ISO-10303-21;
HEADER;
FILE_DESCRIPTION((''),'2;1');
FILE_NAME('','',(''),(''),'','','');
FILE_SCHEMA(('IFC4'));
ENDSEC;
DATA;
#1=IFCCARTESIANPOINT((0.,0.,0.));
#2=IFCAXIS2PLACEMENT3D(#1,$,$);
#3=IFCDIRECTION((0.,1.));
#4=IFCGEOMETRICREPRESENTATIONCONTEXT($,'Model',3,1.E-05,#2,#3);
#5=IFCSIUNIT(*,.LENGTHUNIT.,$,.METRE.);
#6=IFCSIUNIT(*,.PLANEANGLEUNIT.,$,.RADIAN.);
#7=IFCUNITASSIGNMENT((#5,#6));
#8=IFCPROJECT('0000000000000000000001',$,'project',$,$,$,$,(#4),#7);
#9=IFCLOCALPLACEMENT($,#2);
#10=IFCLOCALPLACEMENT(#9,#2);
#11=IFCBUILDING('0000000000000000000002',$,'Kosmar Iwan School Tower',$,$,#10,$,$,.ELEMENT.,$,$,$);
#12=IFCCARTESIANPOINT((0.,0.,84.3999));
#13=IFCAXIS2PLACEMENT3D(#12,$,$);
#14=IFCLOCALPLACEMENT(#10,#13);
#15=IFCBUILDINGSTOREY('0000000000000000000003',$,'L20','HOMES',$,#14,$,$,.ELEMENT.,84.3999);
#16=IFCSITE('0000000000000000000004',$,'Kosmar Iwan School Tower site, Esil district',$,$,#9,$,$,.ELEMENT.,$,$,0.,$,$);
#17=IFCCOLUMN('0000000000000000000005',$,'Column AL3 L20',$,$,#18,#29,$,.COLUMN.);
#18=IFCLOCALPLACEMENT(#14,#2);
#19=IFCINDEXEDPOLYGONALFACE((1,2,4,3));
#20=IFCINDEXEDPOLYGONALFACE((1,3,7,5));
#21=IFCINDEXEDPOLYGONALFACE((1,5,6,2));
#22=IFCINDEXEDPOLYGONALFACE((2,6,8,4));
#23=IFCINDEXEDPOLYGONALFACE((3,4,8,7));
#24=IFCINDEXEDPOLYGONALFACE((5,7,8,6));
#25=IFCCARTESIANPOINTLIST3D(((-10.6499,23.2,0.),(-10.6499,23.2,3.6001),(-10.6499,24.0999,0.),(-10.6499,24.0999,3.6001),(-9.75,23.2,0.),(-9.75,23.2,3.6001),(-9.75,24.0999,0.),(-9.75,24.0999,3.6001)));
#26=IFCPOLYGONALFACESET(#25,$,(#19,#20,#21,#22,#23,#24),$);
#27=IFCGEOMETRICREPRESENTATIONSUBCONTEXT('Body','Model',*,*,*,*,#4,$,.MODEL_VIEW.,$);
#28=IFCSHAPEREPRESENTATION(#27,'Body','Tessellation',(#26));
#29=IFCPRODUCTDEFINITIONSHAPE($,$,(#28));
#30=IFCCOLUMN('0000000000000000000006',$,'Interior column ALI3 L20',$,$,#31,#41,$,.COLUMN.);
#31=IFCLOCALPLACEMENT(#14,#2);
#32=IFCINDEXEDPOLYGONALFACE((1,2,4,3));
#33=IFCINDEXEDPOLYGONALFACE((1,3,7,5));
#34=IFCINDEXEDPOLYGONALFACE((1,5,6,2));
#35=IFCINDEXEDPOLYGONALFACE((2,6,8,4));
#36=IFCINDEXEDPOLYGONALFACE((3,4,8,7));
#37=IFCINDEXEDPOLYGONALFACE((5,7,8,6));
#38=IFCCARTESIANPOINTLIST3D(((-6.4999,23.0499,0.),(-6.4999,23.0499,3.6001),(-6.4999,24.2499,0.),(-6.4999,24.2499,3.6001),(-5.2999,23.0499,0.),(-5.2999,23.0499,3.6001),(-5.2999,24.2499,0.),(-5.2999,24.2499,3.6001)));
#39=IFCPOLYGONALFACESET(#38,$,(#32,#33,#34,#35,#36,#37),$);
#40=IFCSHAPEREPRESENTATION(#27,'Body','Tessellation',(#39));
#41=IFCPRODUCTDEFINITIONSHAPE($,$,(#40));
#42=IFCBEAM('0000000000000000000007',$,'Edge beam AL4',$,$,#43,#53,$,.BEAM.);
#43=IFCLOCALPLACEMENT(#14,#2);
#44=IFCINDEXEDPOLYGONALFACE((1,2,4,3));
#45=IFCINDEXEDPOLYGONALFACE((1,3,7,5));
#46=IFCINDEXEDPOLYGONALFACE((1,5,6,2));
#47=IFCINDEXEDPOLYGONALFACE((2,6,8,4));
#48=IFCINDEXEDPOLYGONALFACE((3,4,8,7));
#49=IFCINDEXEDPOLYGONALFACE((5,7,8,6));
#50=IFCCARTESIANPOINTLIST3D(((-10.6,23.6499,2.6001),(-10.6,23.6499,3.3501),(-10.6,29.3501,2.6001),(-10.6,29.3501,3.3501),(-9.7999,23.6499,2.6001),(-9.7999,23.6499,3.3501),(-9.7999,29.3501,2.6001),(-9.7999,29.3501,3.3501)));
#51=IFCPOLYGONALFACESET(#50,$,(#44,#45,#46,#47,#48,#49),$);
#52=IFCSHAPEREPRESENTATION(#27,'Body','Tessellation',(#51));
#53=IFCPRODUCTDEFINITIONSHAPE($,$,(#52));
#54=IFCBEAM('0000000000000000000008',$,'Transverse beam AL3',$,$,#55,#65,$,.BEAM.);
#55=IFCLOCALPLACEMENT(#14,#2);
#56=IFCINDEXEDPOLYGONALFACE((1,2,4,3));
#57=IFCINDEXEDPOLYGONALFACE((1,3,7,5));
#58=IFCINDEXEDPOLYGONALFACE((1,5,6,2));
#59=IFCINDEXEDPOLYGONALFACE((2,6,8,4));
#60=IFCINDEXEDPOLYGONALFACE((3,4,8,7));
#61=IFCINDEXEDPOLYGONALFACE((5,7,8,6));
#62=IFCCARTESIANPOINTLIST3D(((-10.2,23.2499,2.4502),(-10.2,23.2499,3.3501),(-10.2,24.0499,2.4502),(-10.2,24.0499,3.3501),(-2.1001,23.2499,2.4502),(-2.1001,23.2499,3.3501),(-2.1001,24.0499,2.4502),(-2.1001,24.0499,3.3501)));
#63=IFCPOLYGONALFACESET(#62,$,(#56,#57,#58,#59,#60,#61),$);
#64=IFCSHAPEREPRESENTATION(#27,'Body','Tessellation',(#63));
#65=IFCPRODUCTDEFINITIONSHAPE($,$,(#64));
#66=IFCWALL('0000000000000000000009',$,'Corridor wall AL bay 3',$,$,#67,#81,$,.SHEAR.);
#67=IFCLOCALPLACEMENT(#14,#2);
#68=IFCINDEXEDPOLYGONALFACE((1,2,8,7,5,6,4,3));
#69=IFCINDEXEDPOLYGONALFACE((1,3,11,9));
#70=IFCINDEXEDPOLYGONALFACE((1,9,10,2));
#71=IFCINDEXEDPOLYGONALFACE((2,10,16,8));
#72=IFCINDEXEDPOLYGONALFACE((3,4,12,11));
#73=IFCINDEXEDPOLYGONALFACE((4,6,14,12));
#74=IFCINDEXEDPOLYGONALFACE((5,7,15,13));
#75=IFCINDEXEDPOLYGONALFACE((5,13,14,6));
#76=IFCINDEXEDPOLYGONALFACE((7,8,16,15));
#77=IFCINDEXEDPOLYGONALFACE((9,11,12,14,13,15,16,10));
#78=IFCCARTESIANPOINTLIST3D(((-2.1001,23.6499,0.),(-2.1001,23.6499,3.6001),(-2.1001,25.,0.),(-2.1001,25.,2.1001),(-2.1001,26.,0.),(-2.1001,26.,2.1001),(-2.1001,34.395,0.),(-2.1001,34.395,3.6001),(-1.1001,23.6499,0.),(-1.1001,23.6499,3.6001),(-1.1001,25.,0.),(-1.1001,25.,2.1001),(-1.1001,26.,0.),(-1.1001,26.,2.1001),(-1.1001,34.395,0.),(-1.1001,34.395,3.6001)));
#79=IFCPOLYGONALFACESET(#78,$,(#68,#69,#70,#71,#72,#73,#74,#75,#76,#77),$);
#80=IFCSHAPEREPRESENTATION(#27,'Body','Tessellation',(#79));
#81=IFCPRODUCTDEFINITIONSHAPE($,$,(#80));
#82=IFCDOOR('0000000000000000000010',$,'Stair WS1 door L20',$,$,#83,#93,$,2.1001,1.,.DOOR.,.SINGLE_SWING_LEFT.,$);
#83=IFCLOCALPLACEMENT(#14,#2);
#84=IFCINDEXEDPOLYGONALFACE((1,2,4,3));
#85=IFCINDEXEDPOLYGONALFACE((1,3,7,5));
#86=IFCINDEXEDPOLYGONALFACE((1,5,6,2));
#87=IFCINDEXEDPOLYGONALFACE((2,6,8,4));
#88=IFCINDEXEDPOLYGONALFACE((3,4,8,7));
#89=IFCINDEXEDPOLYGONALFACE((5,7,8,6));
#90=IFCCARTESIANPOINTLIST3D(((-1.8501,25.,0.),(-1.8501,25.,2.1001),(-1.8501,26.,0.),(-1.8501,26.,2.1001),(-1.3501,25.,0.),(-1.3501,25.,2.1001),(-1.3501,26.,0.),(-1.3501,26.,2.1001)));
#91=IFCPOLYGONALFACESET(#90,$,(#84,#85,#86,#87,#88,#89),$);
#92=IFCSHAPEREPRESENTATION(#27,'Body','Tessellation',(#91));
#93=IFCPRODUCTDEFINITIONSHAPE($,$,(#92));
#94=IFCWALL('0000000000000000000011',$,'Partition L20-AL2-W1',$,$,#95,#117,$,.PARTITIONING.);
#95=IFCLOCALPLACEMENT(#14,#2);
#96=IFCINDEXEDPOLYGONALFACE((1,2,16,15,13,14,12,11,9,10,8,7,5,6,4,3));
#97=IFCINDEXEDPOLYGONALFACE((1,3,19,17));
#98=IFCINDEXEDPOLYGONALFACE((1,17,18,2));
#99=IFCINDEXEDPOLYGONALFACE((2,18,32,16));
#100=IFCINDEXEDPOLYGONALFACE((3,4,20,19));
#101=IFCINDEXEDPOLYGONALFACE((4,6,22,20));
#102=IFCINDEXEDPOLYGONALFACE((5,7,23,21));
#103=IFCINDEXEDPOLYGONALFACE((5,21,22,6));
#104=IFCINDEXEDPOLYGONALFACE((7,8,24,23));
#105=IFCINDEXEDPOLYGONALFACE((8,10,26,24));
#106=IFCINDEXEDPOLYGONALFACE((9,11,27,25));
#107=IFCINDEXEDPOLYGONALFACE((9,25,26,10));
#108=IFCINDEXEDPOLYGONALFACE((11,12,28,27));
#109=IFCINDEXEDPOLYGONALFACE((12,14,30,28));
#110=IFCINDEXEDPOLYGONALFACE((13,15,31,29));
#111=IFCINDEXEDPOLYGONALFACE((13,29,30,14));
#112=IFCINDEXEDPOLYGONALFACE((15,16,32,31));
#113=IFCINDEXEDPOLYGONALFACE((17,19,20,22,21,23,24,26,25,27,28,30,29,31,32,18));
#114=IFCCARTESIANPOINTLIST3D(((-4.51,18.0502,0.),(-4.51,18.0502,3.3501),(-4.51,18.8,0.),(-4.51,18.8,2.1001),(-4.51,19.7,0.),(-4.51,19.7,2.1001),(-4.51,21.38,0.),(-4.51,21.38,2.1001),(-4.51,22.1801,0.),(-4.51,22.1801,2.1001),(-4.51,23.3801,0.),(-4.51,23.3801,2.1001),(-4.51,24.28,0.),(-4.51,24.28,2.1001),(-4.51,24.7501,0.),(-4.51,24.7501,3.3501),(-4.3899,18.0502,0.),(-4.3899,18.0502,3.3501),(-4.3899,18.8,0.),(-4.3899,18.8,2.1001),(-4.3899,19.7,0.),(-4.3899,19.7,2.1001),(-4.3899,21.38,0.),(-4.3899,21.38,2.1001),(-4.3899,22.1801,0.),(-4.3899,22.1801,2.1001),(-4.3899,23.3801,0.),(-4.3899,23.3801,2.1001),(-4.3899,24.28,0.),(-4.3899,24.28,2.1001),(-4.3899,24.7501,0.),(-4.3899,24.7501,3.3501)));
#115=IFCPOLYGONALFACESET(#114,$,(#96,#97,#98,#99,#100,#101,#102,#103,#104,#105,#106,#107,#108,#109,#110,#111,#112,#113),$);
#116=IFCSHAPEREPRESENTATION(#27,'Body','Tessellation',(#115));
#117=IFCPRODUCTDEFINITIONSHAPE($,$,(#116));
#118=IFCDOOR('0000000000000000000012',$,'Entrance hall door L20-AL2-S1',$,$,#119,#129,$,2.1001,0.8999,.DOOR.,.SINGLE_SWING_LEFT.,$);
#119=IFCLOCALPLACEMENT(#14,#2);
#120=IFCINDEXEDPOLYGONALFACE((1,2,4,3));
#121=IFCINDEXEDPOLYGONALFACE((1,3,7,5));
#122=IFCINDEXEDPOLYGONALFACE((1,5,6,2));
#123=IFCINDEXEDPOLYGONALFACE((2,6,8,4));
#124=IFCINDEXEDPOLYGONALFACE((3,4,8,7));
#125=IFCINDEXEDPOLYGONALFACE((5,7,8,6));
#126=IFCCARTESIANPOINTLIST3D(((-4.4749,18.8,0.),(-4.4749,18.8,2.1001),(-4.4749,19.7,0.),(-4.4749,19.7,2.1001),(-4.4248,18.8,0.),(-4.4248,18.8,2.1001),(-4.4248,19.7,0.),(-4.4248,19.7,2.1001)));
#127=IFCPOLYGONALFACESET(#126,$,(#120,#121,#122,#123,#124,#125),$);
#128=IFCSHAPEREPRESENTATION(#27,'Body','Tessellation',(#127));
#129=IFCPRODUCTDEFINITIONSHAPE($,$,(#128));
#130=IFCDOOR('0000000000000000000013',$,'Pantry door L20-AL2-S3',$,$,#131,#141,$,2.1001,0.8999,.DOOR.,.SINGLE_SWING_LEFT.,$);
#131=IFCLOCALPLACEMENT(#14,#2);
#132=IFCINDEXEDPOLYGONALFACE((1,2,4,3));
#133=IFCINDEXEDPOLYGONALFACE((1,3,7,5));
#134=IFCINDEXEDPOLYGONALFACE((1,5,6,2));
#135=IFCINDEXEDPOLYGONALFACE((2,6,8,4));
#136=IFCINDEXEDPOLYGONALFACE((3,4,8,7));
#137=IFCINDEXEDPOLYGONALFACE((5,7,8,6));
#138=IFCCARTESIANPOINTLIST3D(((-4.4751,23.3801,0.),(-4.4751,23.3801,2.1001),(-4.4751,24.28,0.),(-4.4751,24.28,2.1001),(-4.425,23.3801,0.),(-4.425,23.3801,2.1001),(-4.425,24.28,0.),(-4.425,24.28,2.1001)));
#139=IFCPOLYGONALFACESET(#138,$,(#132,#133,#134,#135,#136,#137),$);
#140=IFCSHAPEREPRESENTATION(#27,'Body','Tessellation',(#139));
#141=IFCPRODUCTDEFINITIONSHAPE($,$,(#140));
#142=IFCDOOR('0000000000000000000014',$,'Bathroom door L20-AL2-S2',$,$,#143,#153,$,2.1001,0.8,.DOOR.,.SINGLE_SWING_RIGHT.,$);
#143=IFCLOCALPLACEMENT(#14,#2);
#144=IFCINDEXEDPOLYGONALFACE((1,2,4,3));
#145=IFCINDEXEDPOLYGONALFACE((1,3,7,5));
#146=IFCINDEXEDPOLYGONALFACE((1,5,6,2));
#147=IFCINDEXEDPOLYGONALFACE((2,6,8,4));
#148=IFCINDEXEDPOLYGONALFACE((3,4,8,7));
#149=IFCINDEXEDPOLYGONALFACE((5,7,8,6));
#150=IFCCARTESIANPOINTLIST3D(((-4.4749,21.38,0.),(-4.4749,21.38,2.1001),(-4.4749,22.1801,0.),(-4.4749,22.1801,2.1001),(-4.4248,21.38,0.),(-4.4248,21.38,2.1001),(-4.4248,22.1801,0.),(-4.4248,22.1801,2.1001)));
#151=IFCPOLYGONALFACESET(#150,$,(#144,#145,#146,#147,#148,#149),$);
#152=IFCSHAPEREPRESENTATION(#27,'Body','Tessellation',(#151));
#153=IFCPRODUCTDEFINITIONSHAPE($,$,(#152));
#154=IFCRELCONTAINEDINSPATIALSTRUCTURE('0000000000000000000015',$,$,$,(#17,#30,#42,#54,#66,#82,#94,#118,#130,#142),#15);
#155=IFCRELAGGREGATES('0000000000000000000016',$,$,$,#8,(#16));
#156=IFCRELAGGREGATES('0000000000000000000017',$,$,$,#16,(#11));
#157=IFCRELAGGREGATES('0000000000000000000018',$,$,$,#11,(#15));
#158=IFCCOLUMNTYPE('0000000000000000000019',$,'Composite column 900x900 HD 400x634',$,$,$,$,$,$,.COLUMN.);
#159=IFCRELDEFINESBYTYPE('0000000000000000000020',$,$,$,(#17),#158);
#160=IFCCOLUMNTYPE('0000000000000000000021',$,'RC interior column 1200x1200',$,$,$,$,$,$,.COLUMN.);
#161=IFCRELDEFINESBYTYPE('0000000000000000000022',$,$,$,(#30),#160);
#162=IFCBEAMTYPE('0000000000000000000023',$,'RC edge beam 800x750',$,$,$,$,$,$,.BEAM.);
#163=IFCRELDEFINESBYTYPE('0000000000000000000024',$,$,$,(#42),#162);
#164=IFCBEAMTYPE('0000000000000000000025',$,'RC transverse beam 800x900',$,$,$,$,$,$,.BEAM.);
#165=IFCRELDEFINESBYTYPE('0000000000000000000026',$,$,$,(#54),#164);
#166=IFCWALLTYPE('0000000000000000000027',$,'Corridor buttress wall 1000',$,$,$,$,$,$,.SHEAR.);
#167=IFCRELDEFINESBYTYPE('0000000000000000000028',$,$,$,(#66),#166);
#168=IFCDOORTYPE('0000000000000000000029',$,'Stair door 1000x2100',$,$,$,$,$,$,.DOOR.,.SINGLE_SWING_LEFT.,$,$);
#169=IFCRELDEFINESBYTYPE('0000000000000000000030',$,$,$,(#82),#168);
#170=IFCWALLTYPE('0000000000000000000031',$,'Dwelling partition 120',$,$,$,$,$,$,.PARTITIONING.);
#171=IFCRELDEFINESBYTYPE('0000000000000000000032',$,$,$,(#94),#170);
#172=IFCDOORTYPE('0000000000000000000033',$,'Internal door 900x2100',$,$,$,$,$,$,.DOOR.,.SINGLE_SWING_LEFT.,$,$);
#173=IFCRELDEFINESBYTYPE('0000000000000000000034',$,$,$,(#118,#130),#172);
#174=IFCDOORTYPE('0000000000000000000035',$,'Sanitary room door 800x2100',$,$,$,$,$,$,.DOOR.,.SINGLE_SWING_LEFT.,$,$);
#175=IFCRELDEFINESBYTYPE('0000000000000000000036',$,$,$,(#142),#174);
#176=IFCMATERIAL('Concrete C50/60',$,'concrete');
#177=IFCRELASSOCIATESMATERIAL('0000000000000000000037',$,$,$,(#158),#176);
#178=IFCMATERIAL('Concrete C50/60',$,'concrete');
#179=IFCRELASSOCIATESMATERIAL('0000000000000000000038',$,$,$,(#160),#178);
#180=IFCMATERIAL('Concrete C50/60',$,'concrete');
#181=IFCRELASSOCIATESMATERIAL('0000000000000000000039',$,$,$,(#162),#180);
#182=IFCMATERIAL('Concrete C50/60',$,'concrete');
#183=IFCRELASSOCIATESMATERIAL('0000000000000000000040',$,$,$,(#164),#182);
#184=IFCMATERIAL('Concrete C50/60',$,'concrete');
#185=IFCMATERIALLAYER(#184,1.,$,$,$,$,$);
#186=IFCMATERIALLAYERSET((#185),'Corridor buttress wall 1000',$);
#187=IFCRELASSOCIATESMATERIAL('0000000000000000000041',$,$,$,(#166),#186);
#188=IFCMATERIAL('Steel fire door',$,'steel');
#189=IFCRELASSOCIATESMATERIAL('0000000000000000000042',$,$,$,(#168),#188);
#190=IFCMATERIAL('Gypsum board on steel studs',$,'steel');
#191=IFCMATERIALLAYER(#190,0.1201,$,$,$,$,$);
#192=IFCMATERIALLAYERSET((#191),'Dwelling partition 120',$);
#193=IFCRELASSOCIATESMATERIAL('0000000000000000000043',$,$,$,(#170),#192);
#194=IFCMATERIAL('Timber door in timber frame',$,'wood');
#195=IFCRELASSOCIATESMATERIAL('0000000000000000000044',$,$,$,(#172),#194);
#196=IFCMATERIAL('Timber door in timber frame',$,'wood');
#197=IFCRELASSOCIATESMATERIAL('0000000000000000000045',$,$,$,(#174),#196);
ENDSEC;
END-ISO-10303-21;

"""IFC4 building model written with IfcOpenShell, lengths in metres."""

from ifc_helpers import new_model, si_unit, direction, frame, frame_2d, origin, origin_2d, place, context, subcontext, project, spatial, rectangle, extrude, material, layer, layer_set, material_profile, profile_set, type_object, element, fill, save


model = new_model("IFC4")

# Units and contexts
model_context = context("Model", 3, precision=1e-05, world=origin(), true_north=direction((0.0, 1.0)))
body_context = subcontext(model_context, "Body", "Model", "MODEL_VIEW")
ifc_project = project(units=[si_unit("LENGTHUNIT", "METRE"), si_unit("PLANEANGLEUNIT", "RADIAN")], contexts=[model_context])

# Site, building, storey
site_placement = place(None, origin())
site = spatial("IfcSite", under=ifc_project, at=site_placement, Name="Kosmar Iwan School Tower site, Esil district", CompositionType="ELEMENT", RefElevation=0.0)
building_placement = place(site_placement, origin())
building = spatial("IfcBuilding", under=site, at=building_placement, Name="Kosmar Iwan School Tower", CompositionType="ELEMENT")
storey_placement = place(building_placement, frame((0.0, 0.0, 84.3999)))
storey = spatial("IfcBuildingStorey", under=building, at=storey_placement, Name="L20", Description="HOMES", CompositionType="ELEMENT", Elevation=84.3999)

# Columns
ifc_material_1 = material(Name="Concrete C50/60", Category="concrete")
ifc_material_profile_1 = material_profile(ifc_material_1, rectangle(XDim=0.8999, YDim=0.8999, at=origin_2d()), Name="RC 900x900 + HD 400x634")
ifc_profile_set_1 = profile_set([ifc_material_profile_1], Name="Concrete C50/60")
column_type_1 = type_object("IfcColumnType", Name="Composite column 900x900 HD 400x634", PredefinedType="COLUMN", material=ifc_profile_set_1)
column_1_placement = place(storey_placement, frame((-10.2, 23.6499, 0.0), z_axis=(0.0, 0.0, 1.0), x_axis=(0.0, 1.0, 0.0)))
element("IfcColumn", 1, at=column_1_placement, inside=storey, type_object=column_type_1, Name="Column AL3 L20", PredefinedType="COLUMN", context=body_context, shape_type="SweptSolid", body=[
    extrude(rectangle(XDim=0.8999, YDim=0.8999, at=origin_2d()), origin(), (0.0, 0.0, 1.0), 3.6001),
])
ifc_material_2 = material(Name="Concrete C50/60", Category="concrete")
ifc_material_profile_2 = material_profile(ifc_material_2, rectangle(XDim=1.2, YDim=1.2, at=origin_2d()), Name="RC 1200x1200")
ifc_profile_set_2 = profile_set([ifc_material_profile_2], Name="Concrete C50/60")
column_type_2 = type_object("IfcColumnType", Name="RC interior column 1200x1200", PredefinedType="COLUMN", material=ifc_profile_set_2)
column_2_placement = place(storey_placement, frame((-5.8999, 23.6499, 0.0), z_axis=(0.0, 0.0, 1.0), x_axis=(0.0, 1.0, 0.0)))
element("IfcColumn", 2, at=column_2_placement, inside=storey, type_object=column_type_2, Name="Interior column ALI3 L20", PredefinedType="COLUMN", context=body_context, shape_type="SweptSolid", body=[
    extrude(rectangle(XDim=1.2, YDim=1.2, at=origin_2d()), origin(), (0.0, 0.0, 1.0), 3.6001),
])

# Beams
ifc_material_3 = material(Name="Concrete C50/60", Category="concrete")
ifc_material_profile_3 = material_profile(ifc_material_3, rectangle(XDim=0.8, YDim=0.75, at=origin_2d()), Name="RC 800x750")
ifc_profile_set_3 = profile_set([ifc_material_profile_3], Name="Concrete C50/60")
beam_type_1 = type_object("IfcBeamType", Name="RC edge beam 800x750", PredefinedType="BEAM", material=ifc_profile_set_3)
beam_1_placement = place(storey_placement, frame((-10.2, 23.6499, 2.9751), z_axis=(0.0, 1.0, 0.0), x_axis=(-1.0, 0.0, 0.0)))
element("IfcBeam", 3, at=beam_1_placement, inside=storey, type_object=beam_type_1, Name="Edge beam AL4", PredefinedType="BEAM", context=body_context, shape_type="SweptSolid", body=[
    extrude(rectangle(XDim=0.8, YDim=0.75, at=origin_2d()), origin(), (0.0, 0.0, 1.0), 5.7002),
])
ifc_material_4 = material(Name="Concrete C50/60", Category="concrete")
ifc_material_profile_4 = material_profile(ifc_material_4, rectangle(XDim=0.8, YDim=0.8999, at=origin_2d()), Name="RC 800x900")
ifc_profile_set_4 = profile_set([ifc_material_profile_4], Name="Concrete C50/60")
beam_type_2 = type_object("IfcBeamType", Name="RC transverse beam 800x900", PredefinedType="BEAM", material=ifc_profile_set_4)
beam_2_placement = place(storey_placement, frame((-10.2, 23.6499, 2.9001), z_axis=(1.0, 0.0, 0.0), x_axis=(0.0, 1.0, 0.0)))
element("IfcBeam", 4, at=beam_2_placement, inside=storey, type_object=beam_type_2, Name="Transverse beam AL3", PredefinedType="BEAM", context=body_context, shape_type="SweptSolid", body=[
    extrude(rectangle(XDim=0.8, YDim=0.8999, at=origin_2d()), origin(), (0.0, 0.0, 1.0), 8.0999),
])

# Wall, opening, door
ifc_material_5 = material(Name="Concrete C50/60", Category="concrete")
ifc_layer_1 = layer(ifc_material_5, 1.0)
ifc_layer_set_1 = layer_set([ifc_layer_1], Name="Corridor buttress wall 1000")
wall_type_1 = type_object("IfcWallType", Name="Corridor buttress wall 1000", PredefinedType="SHEAR", material=ifc_layer_set_1)
wall_1_placement = place(storey_placement, frame((-1.6001, 23.6499, 0.0), z_axis=(0.0, 0.0, 1.0), x_axis=(0.0, 1.0, 0.0)))
wall_1 = element("IfcWall", 5, at=wall_1_placement, inside=storey, type_object=wall_type_1, Name="Corridor wall AL bay 3", PredefinedType="SHEAR", context=body_context, shape_type="SweptSolid", body=[
    extrude(rectangle(XDim=10.7451, YDim=1.0, at=frame_2d((5.3726, 0.0))), origin(), (0.0, 0.0, 1.0), 3.6001),
])
opening_1_placement = place(wall_1_placement, frame((1.3501, 0.0, 0.0)))
opening_1 = element("IfcOpeningElement", 6, at=opening_1_placement, cuts=wall_1, PredefinedType="OPENING", context=body_context, shape_type="SweptSolid", body=[
    extrude(rectangle(XDim=1.0, YDim=2.1001, at=frame_2d((0.5, 1.05))), frame((0.0, 0.512, 0.0), z_axis=(0.0, -1.0, 0.0), x_axis=(1.0, 0.0, 0.0)), (0.0, 0.0, 1.0), 1.0239),
])
ifc_material_6 = material(Name="Steel fire door", Category="steel")
door_type_1 = type_object("IfcDoorType", Name="Stair door 1000x2100", OperationType="SINGLE_SWING_LEFT", PredefinedType="DOOR", material=ifc_material_6)
door_1_placement = place(opening_1_placement, origin())
door_1 = element("IfcDoor", 7, at=door_1_placement, inside=storey, type_object=door_type_1, Name="Stair WS1 door L20", OperationType="SINGLE_SWING_LEFT", OverallHeight=2.1001, OverallWidth=1.0, PredefinedType="DOOR", context=body_context, shape_type="SweptSolid", body=[
    extrude(rectangle(XDim=1.0, YDim=2.1001, at=frame_2d((0.5, 1.05))), frame((0.0, 0.25, 0.0), z_axis=(0.0, -1.0, 0.0), x_axis=(1.0, 0.0, 0.0)), (0.0, 0.0, 1.0), 0.5),
])
fill(opening_1, door_1)

# Wall, openings, doors
ifc_material_7 = material(Name="Gypsum board on steel studs", Category="steel")
ifc_layer_2 = layer(ifc_material_7, 0.1201)
ifc_layer_set_2 = layer_set([ifc_layer_2], Name="Dwelling partition 120")
wall_type_2 = type_object("IfcWallType", Name="Dwelling partition 120", PredefinedType="PARTITIONING", material=ifc_layer_set_2)
wall_2_placement = place(storey_placement, frame((-4.45, 18.05, 0.0), z_axis=(0.0, 0.0, 1.0), x_axis=(0.0, 1.0, 0.0)))
wall_2 = element("IfcWall", 8, at=wall_2_placement, inside=storey, type_object=wall_type_2, Name="Partition L20-AL2-W1", PredefinedType="PARTITIONING", context=body_context, shape_type="SweptSolid", body=[
    extrude(rectangle(XDim=6.7, YDim=0.1201, at=frame_2d((3.3501, 0.0))), origin(), (0.0, 0.0, 1.0), 3.3501),
])
opening_2_placement = place(wall_2_placement, frame((0.75, 0.0, 0.0)))
opening_2 = element("IfcOpeningElement", 9, at=opening_2_placement, cuts=wall_2, PredefinedType="OPENING", context=body_context, shape_type="SweptSolid", body=[
    extrude(rectangle(XDim=0.8999, YDim=2.1001, at=frame_2d((0.45, 1.05))), frame((0.0, 0.072, 0.0), z_axis=(0.0, -1.0, 0.0), x_axis=(1.0, 0.0, 0.0)), (0.0, 0.0, 1.0), 0.144),
])
opening_3_placement = place(wall_2_placement, frame((3.3301, 0.0, 0.0)))
opening_3 = element("IfcOpeningElement", 10, at=opening_3_placement, cuts=wall_2, PredefinedType="OPENING", context=body_context, shape_type="SweptSolid", body=[
    extrude(rectangle(XDim=0.8, YDim=2.1001, at=frame_2d((0.3999, 1.05))), frame((0.0, 0.072, 0.0), z_axis=(0.0, -1.0, 0.0), x_axis=(1.0, 0.0, 0.0)), (0.0, 0.0, 1.0), 0.144),
])
opening_4_placement = place(wall_2_placement, frame((5.3301, 0.0, 0.0)))
opening_4 = element("IfcOpeningElement", 11, at=opening_4_placement, cuts=wall_2, PredefinedType="OPENING", context=body_context, shape_type="SweptSolid", body=[
    extrude(rectangle(XDim=0.8999, YDim=2.1001, at=frame_2d((0.45, 1.05))), frame((0.0, 0.072, 0.0), z_axis=(0.0, -1.0, 0.0), x_axis=(1.0, 0.0, 0.0)), (0.0, 0.0, 1.0), 0.144),
])
ifc_material_8 = material(Name="Timber door in timber frame", Category="wood")
door_type_2 = type_object("IfcDoorType", Name="Internal door 900x2100", OperationType="SINGLE_SWING_LEFT", PredefinedType="DOOR", material=ifc_material_8)
door_2_placement = place(opening_2_placement, origin())
door_2 = element("IfcDoor", 12, at=door_2_placement, inside=storey, type_object=door_type_2, Name="Entrance hall door L20-AL2-S1", OperationType="SINGLE_SWING_LEFT", OverallHeight=2.1001, OverallWidth=0.8999, PredefinedType="DOOR", context=body_context, shape_type="SweptSolid", body=[
    extrude(rectangle(XDim=0.8999, YDim=2.1001, at=frame_2d((0.45, 1.05))), frame((0.0, 0.0249, 0.0), z_axis=(0.0, -1.0, 0.0), x_axis=(1.0, 0.0, 0.0)), (0.0, 0.0, 1.0), 0.05),
])
fill(opening_2, door_2)
door_3_placement = place(opening_4_placement, frame((0.8999, 0.0, 0.0), z_axis=(0.0, 0.0, 1.0), x_axis=(-1.0, 0.0, 0.0)))
door_3 = element("IfcDoor", 13, at=door_3_placement, inside=storey, type_object=door_type_2, Name="Pantry door L20-AL2-S3", OperationType="SINGLE_SWING_LEFT", OverallHeight=2.1001, OverallWidth=0.8999, PredefinedType="DOOR", context=body_context, shape_type="SweptSolid", body=[
    extrude(rectangle(XDim=0.8999, YDim=2.1001, at=frame_2d((0.45, 1.05))), frame((0.0, 0.0249, 0.0), z_axis=(0.0, -1.0, 0.0), x_axis=(1.0, 0.0, 0.0)), (0.0, 0.0, 1.0), 0.05),
])
fill(opening_4, door_3)
ifc_material_9 = material(Name="Timber door in timber frame", Category="wood")
door_type_3 = type_object("IfcDoorType", Name="Sanitary room door 800x2100", OperationType="SINGLE_SWING_LEFT", PredefinedType="DOOR", material=ifc_material_9)
door_4_placement = place(opening_3_placement, origin())
door_4 = element("IfcDoor", 14, at=door_4_placement, inside=storey, type_object=door_type_3, Name="Bathroom door L20-AL2-S2", OperationType="SINGLE_SWING_RIGHT", OverallHeight=2.1001, OverallWidth=0.8, PredefinedType="DOOR", context=body_context, shape_type="SweptSolid", body=[
    extrude(rectangle(XDim=0.8, YDim=2.1001, at=frame_2d((0.3999, 1.05))), frame((0.0, 0.0249, 0.0), z_axis=(0.0, -1.0, 0.0), x_axis=(1.0, 0.0, 0.0)), (0.0, 0.0, 1.0), 0.05),
])
fill(opening_3, door_4)

save(model, "model.ifc")
